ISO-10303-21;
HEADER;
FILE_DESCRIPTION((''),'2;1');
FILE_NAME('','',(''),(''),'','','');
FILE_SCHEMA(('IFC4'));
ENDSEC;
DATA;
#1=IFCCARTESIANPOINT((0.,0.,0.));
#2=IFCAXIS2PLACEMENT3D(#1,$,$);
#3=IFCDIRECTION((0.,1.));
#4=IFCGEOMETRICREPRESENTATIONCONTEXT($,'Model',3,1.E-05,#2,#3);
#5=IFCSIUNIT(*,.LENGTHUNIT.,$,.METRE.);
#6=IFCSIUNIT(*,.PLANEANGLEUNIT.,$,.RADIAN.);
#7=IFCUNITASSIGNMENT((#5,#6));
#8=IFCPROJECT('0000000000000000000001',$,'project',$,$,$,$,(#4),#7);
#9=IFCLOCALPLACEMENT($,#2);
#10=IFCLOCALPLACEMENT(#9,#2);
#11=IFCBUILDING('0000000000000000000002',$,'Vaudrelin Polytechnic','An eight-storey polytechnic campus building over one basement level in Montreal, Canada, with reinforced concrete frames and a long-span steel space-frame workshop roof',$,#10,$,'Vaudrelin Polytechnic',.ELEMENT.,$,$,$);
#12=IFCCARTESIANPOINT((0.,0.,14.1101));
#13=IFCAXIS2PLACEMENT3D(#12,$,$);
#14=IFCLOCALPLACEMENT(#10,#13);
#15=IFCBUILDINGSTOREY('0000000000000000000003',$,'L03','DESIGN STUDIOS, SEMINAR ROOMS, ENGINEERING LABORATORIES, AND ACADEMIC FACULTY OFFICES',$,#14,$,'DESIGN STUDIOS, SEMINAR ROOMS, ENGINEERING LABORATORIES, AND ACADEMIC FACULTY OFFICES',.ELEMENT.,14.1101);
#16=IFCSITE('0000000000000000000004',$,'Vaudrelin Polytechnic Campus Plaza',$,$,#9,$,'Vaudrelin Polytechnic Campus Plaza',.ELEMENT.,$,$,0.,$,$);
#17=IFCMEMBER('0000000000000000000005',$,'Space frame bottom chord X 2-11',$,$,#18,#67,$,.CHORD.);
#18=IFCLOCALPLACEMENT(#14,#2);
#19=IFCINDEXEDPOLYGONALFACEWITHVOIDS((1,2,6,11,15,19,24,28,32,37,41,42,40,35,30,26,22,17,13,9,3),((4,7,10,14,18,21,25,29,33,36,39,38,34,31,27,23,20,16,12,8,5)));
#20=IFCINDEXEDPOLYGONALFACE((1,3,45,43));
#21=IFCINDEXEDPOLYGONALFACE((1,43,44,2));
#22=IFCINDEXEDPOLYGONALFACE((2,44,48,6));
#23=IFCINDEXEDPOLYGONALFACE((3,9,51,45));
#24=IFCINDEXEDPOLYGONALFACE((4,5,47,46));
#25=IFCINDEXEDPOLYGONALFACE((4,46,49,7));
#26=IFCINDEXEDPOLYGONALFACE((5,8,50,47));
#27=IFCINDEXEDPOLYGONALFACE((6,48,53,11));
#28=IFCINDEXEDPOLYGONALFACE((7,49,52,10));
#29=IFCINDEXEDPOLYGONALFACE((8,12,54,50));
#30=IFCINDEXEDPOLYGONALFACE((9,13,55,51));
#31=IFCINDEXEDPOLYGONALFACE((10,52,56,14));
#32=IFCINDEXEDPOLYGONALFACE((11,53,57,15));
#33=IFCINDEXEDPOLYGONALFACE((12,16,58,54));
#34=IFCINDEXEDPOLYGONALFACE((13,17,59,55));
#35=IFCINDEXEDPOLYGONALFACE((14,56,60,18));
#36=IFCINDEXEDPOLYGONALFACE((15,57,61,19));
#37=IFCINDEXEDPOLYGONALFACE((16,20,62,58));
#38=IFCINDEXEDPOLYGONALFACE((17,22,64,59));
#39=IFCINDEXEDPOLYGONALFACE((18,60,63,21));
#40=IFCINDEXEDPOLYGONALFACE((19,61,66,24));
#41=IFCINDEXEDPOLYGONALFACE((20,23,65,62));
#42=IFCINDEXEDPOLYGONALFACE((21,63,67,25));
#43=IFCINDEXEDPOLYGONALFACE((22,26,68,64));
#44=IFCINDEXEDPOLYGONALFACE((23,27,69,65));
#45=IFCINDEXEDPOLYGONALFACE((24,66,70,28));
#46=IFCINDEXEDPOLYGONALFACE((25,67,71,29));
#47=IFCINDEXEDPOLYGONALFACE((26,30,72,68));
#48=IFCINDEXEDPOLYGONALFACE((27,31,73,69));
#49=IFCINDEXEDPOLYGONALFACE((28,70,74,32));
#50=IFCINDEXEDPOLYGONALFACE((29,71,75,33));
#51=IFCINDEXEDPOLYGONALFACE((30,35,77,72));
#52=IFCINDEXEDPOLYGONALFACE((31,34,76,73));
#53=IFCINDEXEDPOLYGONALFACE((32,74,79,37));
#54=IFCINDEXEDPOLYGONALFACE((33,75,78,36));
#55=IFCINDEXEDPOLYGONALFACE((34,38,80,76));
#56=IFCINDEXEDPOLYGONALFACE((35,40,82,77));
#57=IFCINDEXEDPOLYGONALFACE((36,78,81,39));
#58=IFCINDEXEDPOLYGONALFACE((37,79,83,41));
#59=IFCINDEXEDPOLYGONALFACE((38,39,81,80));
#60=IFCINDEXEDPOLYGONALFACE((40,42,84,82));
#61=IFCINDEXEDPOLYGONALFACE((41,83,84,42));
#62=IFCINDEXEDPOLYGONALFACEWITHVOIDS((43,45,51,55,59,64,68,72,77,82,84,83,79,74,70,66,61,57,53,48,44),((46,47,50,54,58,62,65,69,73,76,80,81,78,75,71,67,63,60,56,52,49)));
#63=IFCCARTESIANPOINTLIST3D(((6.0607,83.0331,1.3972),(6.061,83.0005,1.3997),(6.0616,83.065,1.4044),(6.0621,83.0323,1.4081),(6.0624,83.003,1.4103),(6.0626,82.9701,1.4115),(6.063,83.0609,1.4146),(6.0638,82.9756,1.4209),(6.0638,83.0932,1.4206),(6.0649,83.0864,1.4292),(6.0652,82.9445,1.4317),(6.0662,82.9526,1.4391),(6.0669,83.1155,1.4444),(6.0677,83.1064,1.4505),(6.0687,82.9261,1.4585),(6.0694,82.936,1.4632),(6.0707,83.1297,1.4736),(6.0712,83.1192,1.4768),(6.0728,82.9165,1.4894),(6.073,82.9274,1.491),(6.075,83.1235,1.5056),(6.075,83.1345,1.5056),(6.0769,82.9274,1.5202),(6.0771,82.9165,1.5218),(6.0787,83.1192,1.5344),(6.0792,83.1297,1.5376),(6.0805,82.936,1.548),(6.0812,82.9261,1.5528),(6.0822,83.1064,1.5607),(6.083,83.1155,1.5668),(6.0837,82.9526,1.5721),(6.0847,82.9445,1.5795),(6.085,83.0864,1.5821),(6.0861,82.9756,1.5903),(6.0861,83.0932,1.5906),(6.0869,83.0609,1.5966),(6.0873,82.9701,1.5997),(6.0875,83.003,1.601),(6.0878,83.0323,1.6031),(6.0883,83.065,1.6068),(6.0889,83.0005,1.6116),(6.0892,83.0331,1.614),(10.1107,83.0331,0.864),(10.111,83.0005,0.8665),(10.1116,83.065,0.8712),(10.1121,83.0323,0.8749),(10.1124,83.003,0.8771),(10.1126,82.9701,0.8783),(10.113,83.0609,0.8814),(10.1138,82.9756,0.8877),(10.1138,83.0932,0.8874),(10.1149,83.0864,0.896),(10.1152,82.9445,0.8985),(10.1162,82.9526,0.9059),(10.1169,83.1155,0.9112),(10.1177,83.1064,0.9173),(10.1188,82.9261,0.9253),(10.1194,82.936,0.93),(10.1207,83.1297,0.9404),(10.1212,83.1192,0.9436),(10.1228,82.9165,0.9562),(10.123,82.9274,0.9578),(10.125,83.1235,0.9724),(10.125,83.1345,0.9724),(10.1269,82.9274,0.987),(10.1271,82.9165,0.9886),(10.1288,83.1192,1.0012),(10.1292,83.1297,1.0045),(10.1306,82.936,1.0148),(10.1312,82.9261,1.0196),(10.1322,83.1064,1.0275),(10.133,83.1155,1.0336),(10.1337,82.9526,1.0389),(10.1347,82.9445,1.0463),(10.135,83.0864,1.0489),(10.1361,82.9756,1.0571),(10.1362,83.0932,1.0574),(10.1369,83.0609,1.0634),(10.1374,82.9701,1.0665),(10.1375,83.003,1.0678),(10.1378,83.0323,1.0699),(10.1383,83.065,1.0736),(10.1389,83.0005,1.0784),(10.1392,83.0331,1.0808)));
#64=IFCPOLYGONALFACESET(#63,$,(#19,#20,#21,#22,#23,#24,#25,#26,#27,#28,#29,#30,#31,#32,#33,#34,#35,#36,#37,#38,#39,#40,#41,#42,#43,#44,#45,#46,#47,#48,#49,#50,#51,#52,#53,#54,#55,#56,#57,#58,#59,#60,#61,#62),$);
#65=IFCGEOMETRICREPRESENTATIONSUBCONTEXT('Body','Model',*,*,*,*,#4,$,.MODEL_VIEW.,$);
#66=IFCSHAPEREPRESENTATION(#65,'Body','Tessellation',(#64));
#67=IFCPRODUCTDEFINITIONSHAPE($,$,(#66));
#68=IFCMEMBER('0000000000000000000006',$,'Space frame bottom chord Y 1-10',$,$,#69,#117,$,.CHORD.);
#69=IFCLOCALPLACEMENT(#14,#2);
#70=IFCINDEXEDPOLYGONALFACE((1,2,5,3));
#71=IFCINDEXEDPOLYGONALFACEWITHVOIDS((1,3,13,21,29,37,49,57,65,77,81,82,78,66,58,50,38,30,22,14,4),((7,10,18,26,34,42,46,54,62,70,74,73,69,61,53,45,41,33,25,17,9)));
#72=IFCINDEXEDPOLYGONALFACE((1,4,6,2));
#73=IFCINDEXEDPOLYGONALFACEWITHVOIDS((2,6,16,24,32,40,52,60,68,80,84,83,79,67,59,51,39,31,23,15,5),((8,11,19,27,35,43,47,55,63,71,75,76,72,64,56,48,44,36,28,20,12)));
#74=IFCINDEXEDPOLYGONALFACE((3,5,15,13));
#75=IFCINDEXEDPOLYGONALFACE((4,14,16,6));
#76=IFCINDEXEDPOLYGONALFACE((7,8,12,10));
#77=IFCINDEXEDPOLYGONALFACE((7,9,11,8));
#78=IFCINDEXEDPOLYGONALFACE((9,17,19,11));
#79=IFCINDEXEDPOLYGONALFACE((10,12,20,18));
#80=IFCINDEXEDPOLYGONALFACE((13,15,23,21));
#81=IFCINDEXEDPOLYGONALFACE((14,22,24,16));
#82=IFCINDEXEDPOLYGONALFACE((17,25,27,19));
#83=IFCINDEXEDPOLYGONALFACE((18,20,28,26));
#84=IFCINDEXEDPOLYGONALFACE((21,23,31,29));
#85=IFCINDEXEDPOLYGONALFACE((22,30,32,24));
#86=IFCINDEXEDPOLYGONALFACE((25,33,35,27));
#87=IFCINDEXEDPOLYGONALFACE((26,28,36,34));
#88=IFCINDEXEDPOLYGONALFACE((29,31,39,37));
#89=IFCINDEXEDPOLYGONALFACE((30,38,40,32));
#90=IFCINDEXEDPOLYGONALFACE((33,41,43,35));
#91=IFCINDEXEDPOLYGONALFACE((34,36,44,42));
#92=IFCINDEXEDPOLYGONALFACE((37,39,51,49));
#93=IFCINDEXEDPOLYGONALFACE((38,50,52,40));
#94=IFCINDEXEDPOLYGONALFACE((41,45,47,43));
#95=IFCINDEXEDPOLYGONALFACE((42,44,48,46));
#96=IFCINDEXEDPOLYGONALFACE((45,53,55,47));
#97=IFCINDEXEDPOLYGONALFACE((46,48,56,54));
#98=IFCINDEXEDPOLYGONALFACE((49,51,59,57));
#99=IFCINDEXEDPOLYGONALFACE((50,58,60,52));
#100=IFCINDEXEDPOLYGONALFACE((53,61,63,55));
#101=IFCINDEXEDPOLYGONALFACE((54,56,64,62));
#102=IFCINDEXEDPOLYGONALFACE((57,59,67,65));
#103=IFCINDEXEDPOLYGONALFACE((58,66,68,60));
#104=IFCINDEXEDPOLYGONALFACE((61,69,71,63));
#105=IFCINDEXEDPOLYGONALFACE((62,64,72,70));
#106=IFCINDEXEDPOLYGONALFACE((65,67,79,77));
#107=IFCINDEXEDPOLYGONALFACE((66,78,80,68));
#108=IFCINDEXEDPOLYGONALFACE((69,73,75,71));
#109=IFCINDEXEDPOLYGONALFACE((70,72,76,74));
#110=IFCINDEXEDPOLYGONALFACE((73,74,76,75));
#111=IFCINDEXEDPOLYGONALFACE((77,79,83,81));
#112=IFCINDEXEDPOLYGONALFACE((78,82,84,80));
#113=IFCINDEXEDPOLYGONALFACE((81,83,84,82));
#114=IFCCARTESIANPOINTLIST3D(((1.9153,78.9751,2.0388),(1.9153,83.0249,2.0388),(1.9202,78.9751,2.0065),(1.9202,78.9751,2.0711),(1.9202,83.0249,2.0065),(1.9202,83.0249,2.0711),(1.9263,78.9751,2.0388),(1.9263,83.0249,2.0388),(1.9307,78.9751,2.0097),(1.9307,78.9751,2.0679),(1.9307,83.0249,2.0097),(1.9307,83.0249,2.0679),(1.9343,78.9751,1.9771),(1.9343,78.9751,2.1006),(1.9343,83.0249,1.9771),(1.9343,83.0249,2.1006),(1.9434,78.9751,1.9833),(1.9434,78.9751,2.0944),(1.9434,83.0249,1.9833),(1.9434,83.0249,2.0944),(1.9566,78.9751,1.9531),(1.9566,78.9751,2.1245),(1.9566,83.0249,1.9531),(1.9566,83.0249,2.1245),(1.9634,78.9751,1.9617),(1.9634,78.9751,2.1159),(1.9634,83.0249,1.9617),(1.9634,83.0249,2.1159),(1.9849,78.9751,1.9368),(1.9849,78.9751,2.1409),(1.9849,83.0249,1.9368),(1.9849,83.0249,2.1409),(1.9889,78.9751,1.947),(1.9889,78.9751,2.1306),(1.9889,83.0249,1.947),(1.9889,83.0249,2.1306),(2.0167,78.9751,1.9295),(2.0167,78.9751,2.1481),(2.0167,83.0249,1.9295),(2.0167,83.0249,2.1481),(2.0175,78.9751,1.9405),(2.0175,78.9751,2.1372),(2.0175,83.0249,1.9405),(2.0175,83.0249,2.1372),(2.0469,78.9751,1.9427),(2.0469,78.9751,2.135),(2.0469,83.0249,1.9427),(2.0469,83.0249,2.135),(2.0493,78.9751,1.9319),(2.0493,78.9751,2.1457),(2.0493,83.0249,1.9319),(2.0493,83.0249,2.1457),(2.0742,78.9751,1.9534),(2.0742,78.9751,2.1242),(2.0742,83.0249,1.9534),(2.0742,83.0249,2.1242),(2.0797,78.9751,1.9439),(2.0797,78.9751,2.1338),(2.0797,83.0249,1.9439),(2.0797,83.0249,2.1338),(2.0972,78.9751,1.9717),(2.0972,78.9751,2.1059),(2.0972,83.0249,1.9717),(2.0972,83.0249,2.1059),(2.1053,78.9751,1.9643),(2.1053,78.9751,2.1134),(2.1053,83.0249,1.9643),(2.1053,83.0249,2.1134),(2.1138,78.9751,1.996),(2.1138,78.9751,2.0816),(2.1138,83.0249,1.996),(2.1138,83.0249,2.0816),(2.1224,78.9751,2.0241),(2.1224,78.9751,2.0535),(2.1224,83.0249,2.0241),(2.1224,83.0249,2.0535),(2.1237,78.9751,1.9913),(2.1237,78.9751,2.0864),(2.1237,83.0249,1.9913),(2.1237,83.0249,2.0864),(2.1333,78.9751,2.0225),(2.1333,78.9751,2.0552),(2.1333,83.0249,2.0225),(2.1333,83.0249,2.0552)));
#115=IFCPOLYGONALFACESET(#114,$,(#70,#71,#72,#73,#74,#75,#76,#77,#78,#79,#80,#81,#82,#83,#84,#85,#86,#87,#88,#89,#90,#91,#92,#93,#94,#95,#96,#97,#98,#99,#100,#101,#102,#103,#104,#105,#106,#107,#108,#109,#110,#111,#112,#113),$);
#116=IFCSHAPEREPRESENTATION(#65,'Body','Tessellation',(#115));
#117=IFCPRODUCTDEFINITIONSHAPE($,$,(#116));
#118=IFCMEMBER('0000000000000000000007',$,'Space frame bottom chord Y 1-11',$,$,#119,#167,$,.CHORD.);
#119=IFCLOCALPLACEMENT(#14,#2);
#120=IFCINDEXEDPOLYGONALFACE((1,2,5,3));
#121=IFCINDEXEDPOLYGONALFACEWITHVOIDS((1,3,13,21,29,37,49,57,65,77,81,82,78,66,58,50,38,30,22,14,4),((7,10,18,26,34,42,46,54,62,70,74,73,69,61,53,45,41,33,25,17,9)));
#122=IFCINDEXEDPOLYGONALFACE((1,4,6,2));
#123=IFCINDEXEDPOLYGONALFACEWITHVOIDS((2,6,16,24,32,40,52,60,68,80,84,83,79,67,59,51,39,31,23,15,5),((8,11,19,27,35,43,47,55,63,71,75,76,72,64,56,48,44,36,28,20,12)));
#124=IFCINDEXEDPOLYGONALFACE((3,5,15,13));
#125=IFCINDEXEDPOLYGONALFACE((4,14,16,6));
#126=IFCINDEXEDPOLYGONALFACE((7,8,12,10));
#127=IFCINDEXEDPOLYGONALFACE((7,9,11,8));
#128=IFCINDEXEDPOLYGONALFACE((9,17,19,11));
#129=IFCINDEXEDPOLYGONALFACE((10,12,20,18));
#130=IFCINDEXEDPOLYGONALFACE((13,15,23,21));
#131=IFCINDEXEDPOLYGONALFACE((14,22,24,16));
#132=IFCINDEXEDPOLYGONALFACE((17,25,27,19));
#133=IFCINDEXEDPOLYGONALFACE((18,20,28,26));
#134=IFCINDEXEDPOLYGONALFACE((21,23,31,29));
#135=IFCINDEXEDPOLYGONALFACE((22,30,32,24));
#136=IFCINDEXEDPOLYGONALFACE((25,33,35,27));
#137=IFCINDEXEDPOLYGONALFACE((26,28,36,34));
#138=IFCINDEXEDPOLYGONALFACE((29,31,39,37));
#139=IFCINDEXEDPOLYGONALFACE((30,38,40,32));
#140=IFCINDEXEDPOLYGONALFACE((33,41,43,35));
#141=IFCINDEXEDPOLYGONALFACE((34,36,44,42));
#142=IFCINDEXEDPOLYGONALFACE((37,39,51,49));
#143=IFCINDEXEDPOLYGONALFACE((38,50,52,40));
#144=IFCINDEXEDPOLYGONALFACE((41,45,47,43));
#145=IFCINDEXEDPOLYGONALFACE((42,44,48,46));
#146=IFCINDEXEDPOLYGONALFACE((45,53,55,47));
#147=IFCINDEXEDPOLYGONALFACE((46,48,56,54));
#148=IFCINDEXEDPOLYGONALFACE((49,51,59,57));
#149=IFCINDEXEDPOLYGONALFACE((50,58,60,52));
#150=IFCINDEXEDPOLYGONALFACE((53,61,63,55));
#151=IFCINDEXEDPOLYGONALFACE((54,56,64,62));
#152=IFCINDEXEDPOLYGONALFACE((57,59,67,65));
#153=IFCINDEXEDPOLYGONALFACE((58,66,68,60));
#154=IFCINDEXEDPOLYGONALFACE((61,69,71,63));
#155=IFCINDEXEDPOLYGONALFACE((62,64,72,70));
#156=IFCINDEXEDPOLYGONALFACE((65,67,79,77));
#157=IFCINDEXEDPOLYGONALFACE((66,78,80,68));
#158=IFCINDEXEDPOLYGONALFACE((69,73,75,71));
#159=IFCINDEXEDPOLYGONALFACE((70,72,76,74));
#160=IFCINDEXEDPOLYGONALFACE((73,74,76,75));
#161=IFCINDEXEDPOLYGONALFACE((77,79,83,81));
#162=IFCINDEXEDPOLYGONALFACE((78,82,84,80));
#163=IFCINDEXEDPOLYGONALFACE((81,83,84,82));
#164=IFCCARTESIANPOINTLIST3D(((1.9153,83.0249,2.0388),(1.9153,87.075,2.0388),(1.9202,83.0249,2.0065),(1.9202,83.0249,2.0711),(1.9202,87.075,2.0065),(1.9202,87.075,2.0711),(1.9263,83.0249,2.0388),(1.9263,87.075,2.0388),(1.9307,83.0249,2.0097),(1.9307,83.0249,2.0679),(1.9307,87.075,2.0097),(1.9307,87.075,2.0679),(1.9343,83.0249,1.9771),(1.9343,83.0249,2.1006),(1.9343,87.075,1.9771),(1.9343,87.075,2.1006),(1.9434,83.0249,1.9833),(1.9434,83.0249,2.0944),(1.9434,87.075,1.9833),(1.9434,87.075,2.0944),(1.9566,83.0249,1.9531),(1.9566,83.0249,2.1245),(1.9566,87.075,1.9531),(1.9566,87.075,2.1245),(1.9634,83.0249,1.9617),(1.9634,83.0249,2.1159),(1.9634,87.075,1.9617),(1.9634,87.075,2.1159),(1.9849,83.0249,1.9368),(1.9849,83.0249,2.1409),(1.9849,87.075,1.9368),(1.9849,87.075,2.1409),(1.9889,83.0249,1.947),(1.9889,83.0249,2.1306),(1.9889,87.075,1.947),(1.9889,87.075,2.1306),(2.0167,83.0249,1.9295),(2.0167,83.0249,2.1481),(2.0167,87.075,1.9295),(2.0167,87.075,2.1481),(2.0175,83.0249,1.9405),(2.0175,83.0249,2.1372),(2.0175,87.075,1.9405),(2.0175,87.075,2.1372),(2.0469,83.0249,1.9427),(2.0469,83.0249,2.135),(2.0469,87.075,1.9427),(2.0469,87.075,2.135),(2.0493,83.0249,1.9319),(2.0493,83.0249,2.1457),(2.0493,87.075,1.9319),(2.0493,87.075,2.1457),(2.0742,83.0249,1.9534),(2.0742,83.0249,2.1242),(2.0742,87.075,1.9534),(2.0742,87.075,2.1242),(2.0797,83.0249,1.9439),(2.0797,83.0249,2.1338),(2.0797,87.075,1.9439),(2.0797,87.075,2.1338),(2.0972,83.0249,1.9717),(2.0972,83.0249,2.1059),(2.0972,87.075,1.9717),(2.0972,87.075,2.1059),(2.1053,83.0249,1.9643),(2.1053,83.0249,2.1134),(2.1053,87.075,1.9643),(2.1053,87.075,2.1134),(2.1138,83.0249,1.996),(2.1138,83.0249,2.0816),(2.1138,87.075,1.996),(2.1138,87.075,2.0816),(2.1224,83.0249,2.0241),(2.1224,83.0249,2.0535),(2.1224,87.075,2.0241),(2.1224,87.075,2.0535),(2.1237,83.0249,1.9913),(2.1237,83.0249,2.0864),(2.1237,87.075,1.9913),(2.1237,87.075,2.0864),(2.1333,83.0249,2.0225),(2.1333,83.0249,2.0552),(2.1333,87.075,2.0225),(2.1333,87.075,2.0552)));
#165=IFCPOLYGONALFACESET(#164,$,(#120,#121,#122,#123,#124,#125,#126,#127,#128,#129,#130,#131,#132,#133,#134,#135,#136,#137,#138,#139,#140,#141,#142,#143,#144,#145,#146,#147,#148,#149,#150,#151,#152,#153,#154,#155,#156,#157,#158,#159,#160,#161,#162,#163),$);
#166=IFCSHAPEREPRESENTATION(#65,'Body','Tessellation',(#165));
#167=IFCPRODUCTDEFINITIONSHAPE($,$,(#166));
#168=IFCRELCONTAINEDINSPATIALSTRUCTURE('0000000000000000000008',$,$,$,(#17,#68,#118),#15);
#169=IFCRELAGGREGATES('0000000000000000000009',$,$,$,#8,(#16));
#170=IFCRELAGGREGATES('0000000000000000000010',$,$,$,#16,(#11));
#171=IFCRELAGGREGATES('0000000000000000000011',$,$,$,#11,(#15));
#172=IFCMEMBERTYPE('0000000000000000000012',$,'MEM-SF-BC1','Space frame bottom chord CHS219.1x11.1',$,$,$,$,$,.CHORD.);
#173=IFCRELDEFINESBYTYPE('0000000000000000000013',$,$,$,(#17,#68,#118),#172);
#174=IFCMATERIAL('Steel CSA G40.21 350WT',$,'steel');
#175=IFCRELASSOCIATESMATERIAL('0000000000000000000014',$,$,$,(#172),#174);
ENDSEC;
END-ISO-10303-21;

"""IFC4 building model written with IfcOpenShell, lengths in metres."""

from ifc_helpers import new_model, si_unit, direction, frame, origin, origin_2d, place, context, subcontext, project, spatial, hollow_circle, extrude, material, material_profile, profile_set, type_object, element, save


model = new_model("IFC4")

# Units and contexts
model_context = context("Model", 3, precision=1e-05, world=origin(), true_north=direction((0.0, 1.0)))
body_context = subcontext(model_context, "Body", "Model", "MODEL_VIEW")
ifc_project = project(units=[si_unit("LENGTHUNIT", "METRE"), si_unit("PLANEANGLEUNIT", "RADIAN")], contexts=[model_context])

# Site, building, storey
site_placement = place(None, origin())
site = spatial("IfcSite", under=ifc_project, at=site_placement, Name="Vaudrelin Polytechnic Campus Plaza", LongName="Vaudrelin Polytechnic Campus Plaza", CompositionType="ELEMENT", RefElevation=0.0)
building_placement = place(site_placement, origin())
building = spatial("IfcBuilding", under=site, at=building_placement, Name="Vaudrelin Polytechnic", Description="An eight-storey polytechnic campus building over one basement level in Montreal, Canada, with reinforced concrete frames and a long-span steel space-frame workshop roof", LongName="Vaudrelin Polytechnic", CompositionType="ELEMENT")
storey_placement = place(building_placement, frame((0.0, 0.0, 14.1101)))
storey = spatial("IfcBuildingStorey", under=building, at=storey_placement, Name="L03", Description="DESIGN STUDIOS, SEMINAR ROOMS, ENGINEERING LABORATORIES, AND ACADEMIC FACULTY OFFICES", LongName="DESIGN STUDIOS, SEMINAR ROOMS, ENGINEERING LABORATORIES, AND ACADEMIC FACULTY OFFICES", CompositionType="ELEMENT", Elevation=14.1101)

# Members
ifc_material_1 = material(Name="Steel CSA G40.21 350WT", Category="steel")
ifc_material_profile_1 = material_profile(ifc_material_1, hollow_circle(Radius=0.1096, WallThickness=0.011, at=origin_2d()), Name="CHS219.1x11.1")
ifc_profile_set_1 = profile_set([ifc_material_profile_1], Name="Steel CSA G40.21 350WT")
member_type_1 = type_object("IfcMemberType", Name="MEM-SF-BC1", Description="Space frame bottom chord CHS219.1x11.1", PredefinedType="CHORD", material=ifc_profile_set_1)
for number, where, z_axis, x_axis, name in (
    (1, (6.075, 83.0249, 1.5056), (0.991445, 0.0, -0.130527), (0.0, 1.0, 0.0), "Space frame bottom chord X 2-11"),
):
    element("IfcMember", number, at=place(storey_placement, frame(where, z_axis=z_axis, x_axis=x_axis)), inside=storey, type_object=member_type_1, Name=name, PredefinedType="CHORD", context=body_context, shape_type="SweptSolid", body=[
        extrude(hollow_circle(Radius=0.1096, WallThickness=0.011, at=origin_2d()), origin(), (0.0, 0.0, 1.0), 4.085),
    ])
member_1_placement = place(storey_placement, frame((2.0249, 78.9751, 2.0388), z_axis=(0.0, 1.0, 0.0), x_axis=(-1.0, 0.0, 0.0)))
element("IfcMember", 2, at=member_1_placement, inside=storey, type_object=member_type_1, Name="Space frame bottom chord Y 1-10", PredefinedType="CHORD", context=body_context, shape_type="SweptSolid", body=[
    extrude(hollow_circle(Radius=0.1096, WallThickness=0.011, at=origin_2d()), origin(), (0.0, 0.0, 1.0), 4.0498),
])
member_2_placement = place(storey_placement, frame((2.0249, 83.0249, 2.0388), z_axis=(0.0, 1.0, 0.0), x_axis=(-1.0, 0.0, 0.0)))
element("IfcMember", 3, at=member_2_placement, inside=storey, type_object=member_type_1, Name="Space frame bottom chord Y 1-11", PredefinedType="CHORD", context=body_context, shape_type="SweptSolid", body=[
    extrude(hollow_circle(Radius=0.1096, WallThickness=0.011, at=origin_2d()), origin(), (0.0, 0.0, 1.0), 4.05),
])

save(model, "model.ifc")
